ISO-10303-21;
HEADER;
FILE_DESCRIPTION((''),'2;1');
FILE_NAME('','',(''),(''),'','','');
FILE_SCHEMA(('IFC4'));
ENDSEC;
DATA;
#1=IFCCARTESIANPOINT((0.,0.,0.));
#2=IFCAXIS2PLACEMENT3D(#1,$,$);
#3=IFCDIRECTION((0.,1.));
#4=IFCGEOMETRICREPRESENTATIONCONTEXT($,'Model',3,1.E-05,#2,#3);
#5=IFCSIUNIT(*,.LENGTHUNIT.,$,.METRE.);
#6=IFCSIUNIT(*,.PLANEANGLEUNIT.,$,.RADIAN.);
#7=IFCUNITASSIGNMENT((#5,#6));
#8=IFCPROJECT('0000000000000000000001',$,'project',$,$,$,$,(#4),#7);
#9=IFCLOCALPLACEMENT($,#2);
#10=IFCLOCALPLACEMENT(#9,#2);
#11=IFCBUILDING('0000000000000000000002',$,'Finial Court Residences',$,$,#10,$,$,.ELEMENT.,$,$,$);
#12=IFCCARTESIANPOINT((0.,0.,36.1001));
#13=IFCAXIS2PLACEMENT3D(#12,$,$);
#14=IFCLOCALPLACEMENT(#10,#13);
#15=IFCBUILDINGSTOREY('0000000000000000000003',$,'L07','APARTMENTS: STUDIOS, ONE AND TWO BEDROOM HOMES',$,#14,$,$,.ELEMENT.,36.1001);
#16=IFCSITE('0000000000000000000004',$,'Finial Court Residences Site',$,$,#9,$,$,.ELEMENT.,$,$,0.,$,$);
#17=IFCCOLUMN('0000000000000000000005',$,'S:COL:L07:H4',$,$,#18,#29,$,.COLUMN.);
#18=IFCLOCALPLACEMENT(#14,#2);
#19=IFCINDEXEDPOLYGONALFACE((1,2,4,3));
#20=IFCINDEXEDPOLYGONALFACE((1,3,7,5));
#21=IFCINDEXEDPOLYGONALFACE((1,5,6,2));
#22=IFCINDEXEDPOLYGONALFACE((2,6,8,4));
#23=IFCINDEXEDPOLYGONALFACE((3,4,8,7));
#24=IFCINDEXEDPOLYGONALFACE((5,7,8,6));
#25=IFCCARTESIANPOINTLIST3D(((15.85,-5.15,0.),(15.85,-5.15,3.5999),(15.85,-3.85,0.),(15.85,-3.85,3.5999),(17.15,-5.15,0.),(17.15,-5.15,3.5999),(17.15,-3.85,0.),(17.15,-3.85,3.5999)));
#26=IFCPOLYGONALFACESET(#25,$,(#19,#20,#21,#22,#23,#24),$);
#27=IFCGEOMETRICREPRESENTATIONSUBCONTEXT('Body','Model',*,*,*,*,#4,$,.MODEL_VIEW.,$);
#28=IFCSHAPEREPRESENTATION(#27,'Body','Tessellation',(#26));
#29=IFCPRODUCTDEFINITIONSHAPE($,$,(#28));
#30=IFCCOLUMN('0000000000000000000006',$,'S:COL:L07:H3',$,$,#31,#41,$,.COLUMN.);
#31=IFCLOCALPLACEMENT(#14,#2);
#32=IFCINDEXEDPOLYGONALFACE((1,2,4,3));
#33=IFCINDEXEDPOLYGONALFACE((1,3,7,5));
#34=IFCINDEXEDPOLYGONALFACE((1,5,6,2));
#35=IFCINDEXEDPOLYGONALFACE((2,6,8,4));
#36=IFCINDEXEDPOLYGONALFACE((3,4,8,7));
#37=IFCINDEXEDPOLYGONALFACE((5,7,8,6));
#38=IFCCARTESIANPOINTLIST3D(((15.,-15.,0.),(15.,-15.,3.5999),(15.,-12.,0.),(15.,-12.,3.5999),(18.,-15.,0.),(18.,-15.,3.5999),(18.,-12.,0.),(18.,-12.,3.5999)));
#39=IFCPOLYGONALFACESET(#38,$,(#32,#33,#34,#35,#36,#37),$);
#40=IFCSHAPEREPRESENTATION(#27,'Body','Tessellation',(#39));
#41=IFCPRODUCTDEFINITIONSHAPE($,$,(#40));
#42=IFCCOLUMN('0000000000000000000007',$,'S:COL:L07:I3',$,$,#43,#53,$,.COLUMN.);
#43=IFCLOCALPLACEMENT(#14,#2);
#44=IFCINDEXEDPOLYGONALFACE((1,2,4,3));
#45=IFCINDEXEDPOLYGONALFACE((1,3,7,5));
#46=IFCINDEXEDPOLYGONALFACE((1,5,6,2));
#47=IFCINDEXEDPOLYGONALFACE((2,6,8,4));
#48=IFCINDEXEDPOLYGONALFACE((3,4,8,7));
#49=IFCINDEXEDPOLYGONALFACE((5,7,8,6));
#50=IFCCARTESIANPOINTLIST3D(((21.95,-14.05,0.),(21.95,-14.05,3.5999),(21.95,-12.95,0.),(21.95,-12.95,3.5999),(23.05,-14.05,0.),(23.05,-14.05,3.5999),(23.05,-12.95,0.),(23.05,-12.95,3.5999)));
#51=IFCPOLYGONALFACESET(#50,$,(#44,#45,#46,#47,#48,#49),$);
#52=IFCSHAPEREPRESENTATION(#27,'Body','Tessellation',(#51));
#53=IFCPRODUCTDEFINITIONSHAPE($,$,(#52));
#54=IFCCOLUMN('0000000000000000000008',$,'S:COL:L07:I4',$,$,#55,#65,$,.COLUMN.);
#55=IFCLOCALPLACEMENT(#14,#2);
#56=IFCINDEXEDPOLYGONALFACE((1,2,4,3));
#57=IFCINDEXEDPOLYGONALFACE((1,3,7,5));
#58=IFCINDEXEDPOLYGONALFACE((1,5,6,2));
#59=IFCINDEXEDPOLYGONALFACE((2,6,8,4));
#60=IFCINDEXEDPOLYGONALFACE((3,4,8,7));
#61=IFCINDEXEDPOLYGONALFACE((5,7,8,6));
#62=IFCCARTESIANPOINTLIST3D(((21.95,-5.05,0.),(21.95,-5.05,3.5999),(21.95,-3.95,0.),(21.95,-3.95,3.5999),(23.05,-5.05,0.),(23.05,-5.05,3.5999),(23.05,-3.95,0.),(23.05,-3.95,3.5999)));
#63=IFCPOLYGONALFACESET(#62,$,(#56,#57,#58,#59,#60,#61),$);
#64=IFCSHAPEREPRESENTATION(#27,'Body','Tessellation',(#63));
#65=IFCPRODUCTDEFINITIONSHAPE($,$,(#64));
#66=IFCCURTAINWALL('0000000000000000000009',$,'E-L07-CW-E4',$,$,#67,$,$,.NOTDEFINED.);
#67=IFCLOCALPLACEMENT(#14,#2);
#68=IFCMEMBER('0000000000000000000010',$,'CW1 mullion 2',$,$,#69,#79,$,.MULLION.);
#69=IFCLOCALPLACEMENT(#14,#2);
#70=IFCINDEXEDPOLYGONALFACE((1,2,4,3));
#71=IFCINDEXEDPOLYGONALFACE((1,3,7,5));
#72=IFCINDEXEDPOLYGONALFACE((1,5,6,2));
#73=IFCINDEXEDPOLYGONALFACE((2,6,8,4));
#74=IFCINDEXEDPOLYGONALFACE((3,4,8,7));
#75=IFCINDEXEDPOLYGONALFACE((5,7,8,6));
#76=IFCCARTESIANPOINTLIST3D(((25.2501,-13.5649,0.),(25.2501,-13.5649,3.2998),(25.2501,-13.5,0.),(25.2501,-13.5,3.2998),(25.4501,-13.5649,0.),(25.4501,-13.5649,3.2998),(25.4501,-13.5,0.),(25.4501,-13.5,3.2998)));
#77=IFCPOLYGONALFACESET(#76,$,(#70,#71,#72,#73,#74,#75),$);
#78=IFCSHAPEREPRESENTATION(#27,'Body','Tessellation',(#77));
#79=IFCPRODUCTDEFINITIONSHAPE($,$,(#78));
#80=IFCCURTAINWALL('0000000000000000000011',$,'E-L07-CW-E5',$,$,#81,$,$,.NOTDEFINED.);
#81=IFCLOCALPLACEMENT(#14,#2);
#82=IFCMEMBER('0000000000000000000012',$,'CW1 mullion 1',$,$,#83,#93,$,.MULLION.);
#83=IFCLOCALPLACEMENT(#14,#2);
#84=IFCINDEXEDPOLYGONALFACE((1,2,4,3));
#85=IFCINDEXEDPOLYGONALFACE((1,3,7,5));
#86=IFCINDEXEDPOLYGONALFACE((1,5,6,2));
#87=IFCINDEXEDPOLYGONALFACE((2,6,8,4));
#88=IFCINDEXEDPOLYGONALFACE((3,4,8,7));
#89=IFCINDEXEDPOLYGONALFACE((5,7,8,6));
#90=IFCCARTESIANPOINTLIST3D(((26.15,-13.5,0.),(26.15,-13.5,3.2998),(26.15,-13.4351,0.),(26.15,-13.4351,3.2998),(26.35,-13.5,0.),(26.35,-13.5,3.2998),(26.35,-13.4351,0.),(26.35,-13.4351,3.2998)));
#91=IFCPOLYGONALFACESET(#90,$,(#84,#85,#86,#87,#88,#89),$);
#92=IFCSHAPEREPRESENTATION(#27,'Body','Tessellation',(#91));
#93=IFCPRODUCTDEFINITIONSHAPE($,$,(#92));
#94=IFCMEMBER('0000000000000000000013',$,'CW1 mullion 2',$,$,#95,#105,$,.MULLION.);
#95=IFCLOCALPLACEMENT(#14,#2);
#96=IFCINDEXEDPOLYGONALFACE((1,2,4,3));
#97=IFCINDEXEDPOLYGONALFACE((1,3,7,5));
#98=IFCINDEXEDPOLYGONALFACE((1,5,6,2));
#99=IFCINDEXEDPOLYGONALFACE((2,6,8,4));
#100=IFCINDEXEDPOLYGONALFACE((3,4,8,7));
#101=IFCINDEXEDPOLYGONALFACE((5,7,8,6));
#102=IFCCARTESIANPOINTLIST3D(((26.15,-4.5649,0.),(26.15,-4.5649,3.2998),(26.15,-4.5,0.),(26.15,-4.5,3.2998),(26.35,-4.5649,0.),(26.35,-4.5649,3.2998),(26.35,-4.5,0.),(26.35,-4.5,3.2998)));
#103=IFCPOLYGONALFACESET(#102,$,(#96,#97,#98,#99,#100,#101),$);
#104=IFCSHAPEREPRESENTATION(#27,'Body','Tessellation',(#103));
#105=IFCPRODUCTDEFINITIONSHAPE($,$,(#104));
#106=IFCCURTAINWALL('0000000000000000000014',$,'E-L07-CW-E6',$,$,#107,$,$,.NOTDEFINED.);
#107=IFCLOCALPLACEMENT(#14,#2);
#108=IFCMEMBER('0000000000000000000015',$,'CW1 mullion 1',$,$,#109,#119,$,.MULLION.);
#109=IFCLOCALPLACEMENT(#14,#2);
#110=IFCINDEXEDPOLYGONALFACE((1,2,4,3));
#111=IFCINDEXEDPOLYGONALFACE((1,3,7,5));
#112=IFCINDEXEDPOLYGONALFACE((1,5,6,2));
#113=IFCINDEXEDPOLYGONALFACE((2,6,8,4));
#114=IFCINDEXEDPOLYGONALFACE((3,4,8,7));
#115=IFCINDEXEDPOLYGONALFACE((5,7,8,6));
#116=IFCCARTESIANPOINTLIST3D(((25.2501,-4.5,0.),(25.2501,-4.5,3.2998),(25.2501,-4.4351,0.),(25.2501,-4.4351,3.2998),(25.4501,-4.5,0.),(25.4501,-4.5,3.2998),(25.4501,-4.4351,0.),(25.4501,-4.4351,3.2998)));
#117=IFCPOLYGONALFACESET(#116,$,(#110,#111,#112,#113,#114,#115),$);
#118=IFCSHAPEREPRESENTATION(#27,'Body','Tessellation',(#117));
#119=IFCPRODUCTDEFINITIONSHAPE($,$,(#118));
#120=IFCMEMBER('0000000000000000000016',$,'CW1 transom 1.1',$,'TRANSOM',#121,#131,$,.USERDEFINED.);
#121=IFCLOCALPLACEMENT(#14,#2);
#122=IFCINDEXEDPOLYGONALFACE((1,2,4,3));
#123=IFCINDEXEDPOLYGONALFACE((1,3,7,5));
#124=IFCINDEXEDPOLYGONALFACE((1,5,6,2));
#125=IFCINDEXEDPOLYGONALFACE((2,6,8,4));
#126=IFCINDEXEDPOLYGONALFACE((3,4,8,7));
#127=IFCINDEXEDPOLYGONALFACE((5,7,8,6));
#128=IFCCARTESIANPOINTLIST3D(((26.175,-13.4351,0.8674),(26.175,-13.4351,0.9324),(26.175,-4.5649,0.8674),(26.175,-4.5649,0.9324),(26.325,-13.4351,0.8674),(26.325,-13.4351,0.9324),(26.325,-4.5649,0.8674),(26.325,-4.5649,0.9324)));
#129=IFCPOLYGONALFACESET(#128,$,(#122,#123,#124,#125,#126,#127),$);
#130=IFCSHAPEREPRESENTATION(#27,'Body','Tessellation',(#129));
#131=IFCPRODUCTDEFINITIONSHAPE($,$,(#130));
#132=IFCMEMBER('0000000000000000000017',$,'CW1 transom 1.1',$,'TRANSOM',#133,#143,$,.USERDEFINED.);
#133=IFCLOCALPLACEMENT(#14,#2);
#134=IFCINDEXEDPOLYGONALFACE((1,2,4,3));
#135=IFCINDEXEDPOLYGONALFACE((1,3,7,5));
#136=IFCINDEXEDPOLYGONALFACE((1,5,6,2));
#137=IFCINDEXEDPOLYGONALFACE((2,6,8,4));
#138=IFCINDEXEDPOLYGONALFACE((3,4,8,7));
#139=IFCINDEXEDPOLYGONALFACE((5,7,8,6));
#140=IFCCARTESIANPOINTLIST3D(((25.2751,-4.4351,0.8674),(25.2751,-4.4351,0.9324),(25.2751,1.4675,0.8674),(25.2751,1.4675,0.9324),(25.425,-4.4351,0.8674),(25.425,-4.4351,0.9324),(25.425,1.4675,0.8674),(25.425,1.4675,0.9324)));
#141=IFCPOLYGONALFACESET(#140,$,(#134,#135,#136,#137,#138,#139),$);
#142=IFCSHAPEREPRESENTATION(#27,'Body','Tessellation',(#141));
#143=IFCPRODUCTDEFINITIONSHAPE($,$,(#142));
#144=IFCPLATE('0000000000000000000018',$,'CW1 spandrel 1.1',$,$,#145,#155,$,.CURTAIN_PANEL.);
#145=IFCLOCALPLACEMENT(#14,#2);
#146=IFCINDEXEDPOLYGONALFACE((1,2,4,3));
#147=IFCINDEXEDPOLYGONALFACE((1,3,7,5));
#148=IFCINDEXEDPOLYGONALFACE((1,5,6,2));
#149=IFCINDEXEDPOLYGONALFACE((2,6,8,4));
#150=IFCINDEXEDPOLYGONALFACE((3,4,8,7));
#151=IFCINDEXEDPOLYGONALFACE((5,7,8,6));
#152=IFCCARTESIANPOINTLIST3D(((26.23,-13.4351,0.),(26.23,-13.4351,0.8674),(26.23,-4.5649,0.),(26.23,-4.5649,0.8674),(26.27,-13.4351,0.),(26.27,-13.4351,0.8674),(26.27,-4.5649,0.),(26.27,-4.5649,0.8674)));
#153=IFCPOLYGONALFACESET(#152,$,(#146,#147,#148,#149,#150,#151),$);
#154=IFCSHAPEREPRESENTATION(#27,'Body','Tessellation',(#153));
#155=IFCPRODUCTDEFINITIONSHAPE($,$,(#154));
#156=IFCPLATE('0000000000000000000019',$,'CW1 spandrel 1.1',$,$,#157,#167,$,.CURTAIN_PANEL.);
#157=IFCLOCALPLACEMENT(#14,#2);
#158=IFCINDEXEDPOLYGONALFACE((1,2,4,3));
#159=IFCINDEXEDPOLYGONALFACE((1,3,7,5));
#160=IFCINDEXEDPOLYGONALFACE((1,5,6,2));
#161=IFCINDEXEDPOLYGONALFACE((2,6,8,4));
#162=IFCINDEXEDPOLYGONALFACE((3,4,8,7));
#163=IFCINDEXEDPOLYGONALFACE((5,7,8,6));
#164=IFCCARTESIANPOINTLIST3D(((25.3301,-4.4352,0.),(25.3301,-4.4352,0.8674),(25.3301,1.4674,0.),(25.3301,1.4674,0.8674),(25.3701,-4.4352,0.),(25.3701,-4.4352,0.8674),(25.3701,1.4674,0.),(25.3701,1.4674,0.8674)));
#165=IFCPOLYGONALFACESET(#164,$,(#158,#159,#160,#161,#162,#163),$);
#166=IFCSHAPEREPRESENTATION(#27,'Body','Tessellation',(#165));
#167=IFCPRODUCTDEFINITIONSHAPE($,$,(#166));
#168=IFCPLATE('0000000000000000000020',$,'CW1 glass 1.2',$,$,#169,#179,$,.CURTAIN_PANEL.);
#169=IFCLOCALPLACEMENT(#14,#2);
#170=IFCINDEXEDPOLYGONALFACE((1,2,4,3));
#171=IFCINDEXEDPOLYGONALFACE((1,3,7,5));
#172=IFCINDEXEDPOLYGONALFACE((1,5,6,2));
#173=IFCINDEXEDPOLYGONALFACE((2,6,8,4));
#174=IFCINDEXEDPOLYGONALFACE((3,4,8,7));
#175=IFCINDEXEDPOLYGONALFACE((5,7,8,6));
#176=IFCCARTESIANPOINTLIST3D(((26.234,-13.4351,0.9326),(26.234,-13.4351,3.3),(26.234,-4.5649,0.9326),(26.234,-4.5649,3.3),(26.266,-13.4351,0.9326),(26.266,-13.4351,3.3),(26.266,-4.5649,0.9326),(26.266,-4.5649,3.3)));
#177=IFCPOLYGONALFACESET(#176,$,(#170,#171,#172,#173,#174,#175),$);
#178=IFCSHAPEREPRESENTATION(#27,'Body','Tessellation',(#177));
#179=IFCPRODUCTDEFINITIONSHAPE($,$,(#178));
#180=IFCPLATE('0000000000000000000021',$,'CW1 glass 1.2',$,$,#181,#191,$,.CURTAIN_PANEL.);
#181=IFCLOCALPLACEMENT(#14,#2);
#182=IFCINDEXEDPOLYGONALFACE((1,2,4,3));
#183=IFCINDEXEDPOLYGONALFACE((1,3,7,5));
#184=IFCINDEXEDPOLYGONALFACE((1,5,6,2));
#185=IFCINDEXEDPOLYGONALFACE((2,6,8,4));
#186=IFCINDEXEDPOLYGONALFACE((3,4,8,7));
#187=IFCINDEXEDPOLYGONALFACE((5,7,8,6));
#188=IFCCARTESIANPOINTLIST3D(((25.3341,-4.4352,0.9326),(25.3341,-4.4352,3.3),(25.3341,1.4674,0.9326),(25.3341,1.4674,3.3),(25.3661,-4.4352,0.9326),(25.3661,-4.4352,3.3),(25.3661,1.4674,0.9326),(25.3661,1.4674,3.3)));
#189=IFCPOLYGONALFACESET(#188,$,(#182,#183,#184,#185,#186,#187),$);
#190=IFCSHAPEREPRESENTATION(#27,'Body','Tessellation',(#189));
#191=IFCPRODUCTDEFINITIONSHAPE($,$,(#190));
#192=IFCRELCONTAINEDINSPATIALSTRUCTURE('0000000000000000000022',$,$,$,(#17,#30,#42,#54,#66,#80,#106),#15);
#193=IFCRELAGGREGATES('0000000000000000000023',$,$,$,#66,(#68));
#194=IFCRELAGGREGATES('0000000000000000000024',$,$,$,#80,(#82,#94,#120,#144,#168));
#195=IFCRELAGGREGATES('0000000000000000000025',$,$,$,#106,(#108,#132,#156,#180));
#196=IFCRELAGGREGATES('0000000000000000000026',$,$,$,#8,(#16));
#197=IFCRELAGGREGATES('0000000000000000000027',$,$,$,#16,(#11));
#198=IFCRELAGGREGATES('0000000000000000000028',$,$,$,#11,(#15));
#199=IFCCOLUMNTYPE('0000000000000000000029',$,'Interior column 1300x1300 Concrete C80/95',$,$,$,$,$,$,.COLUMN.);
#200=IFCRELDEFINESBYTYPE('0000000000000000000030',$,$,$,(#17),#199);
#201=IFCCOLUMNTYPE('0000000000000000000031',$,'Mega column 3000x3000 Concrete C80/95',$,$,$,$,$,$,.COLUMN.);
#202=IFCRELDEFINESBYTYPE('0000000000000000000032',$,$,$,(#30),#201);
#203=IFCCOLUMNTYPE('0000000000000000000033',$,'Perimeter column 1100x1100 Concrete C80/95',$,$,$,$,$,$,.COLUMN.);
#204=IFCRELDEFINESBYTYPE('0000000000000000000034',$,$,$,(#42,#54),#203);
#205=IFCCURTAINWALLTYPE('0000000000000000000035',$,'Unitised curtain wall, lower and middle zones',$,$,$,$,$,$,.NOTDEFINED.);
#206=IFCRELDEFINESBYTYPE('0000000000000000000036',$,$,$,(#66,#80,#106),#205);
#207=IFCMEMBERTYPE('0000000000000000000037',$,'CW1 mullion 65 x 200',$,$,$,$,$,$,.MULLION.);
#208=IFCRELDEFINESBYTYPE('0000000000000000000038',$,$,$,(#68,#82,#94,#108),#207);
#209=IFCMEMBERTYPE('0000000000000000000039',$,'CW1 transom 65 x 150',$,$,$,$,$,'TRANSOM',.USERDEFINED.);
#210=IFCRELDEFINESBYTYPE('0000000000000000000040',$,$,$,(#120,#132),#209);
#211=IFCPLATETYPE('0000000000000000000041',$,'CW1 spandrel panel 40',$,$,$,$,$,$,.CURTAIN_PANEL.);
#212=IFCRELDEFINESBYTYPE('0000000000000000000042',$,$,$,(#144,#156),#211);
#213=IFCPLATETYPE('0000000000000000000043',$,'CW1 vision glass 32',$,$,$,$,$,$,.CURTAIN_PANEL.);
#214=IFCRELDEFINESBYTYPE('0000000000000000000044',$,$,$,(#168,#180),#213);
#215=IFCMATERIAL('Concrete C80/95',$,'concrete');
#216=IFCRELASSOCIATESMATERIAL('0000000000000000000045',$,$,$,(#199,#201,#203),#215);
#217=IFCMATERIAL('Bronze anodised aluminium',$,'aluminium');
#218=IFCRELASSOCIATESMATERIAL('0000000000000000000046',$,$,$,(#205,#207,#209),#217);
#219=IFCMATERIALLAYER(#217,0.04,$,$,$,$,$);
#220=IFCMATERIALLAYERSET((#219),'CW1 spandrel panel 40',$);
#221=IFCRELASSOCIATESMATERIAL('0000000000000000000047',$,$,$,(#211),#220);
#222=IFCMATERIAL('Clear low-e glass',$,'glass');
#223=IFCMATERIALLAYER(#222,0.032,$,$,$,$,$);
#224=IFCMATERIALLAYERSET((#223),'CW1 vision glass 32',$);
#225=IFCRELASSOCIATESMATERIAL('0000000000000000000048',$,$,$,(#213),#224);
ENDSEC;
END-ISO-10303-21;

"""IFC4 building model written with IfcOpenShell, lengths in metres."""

from ifc_helpers import new_model, si_unit, direction, frame, origin, origin_2d, place, context, subcontext, project, spatial, rectangle, extrude, material, layer, layer_set, material_profile, profile_set, type_object, element, aggregate, save


model = new_model("IFC4")

# Units and contexts
model_context = context("Model", 3, precision=1e-05, world=origin(), true_north=direction((0.0, 1.0)))
body_context = subcontext(model_context, "Body", "Model", "MODEL_VIEW")
ifc_project = project(units=[si_unit("LENGTHUNIT", "METRE"), si_unit("PLANEANGLEUNIT", "RADIAN")], contexts=[model_context])

# Site, building, storey
site_placement = place(None, origin())
site = spatial("IfcSite", under=ifc_project, at=site_placement, Name="Finial Court Residences Site", CompositionType="ELEMENT", RefElevation=0.0)
building_placement = place(site_placement, origin())
building = spatial("IfcBuilding", under=site, at=building_placement, Name="Finial Court Residences", CompositionType="ELEMENT")
storey_placement = place(building_placement, frame((0.0, 0.0, 36.1001)))
storey = spatial("IfcBuildingStorey", under=building, at=storey_placement, Name="L07", Description="APARTMENTS: STUDIOS, ONE AND TWO BEDROOM HOMES", CompositionType="ELEMENT", Elevation=36.1001)

# Columns
ifc_material_1 = material(Name="Concrete C80/95", Category="concrete")
ifc_material_profile_1 = material_profile(ifc_material_1, rectangle(XDim=1.3, YDim=1.3, at=origin_2d()), Name="1300x1300")
ifc_profile_set_1 = profile_set([ifc_material_profile_1], Name="Concrete C80/95")
column_type_1 = type_object("IfcColumnType", Name="Interior column 1300x1300 Concrete C80/95", PredefinedType="COLUMN", material=ifc_profile_set_1)
column_1_placement = place(storey_placement, frame((16.5, -4.5, 0.0), z_axis=(0.0, 0.0, 1.0), x_axis=(1.0, 0.0, 0.0)))
element("IfcColumn", 1, at=column_1_placement, inside=storey, type_object=column_type_1, Name="S:COL:L07:H4", PredefinedType="COLUMN", context=body_context, shape_type="SweptSolid", body=[
    extrude(rectangle(XDim=1.3, YDim=1.3, at=origin_2d()), origin(), (0.0, 0.0, 1.0), 3.5999),
])
ifc_material_profile_2 = material_profile(ifc_material_1, rectangle(XDim=3.0, YDim=3.0, at=origin_2d()), Name="3000x3000")
ifc_profile_set_2 = profile_set([ifc_material_profile_2], Name="Concrete C80/95")
column_type_2 = type_object("IfcColumnType", Name="Mega column 3000x3000 Concrete C80/95", PredefinedType="COLUMN", material=ifc_profile_set_2)
column_2_placement = place(storey_placement, frame((16.5, -13.5, 0.0), z_axis=(0.0, 0.0, 1.0), x_axis=(1.0, 0.0, 0.0)))
element("IfcColumn", 2, at=column_2_placement, inside=storey, type_object=column_type_2, Name="S:COL:L07:H3", PredefinedType="COLUMN", context=body_context, shape_type="SweptSolid", body=[
    extrude(rectangle(XDim=3.0, YDim=3.0, at=origin_2d()), origin(), (0.0, 0.0, 1.0), 3.5999),
])
ifc_material_profile_3 = material_profile(ifc_material_1, rectangle(XDim=1.1001, YDim=1.1001, at=origin_2d()), Name="1100x1100")
ifc_profile_set_3 = profile_set([ifc_material_profile_3], Name="Concrete C80/95")
column_type_3 = type_object("IfcColumnType", Name="Perimeter column 1100x1100 Concrete C80/95", PredefinedType="COLUMN", material=ifc_profile_set_3)
for number, where, z_axis, x_axis, name in (
    (3, (22.5, -13.5, 0.0), (0.0, 0.0, 1.0), (1.0, 0.0, 0.0), "S:COL:L07:I3"),
    (4, (22.5, -4.5, 0.0), (0.0, 0.0, 1.0), (1.0, 0.0, 0.0), "S:COL:L07:I4"),
):
    element("IfcColumn", number, at=place(storey_placement, frame(where, z_axis=z_axis, x_axis=x_axis)), inside=storey, type_object=column_type_3, Name=name, PredefinedType="COLUMN", context=body_context, shape_type="SweptSolid", body=[
        extrude(rectangle(XDim=1.1001, YDim=1.1001, at=origin_2d()), origin(), (0.0, 0.0, 1.0), 3.5999),
    ])

# Curtain wall, member
ifc_material_2 = material(Name="Bronze anodised aluminium", Category="aluminium")
curtain_wall_type = type_object("IfcCurtainWallType", Name="Unitised curtain wall, lower and middle zones", PredefinedType="NOTDEFINED", material=ifc_material_2)
curtain_wall_1_placement = place(storey_placement, origin())
curtain_wall_1 = element("IfcCurtainWall", 5, at=curtain_wall_1_placement, inside=storey, type_object=curtain_wall_type, Name="E-L07-CW-E4", PredefinedType="NOTDEFINED")
ifc_material_profile_4 = material_profile(ifc_material_2, rectangle(XDim=0.2, YDim=0.0649, at=origin_2d()), Name="CW1 mullion 65 x 200")
ifc_profile_set_4 = profile_set([ifc_material_profile_4], Name="Bronze anodised aluminium")
member_type_1 = type_object("IfcMemberType", Name="CW1 mullion 65 x 200", PredefinedType="MULLION", material=ifc_profile_set_4)
member_1_placement = place(storey_placement, frame((25.3501, -13.5325, 0.0), z_axis=(0.0, 0.0, 1.0), x_axis=(-1.0, 0.0, 0.0)))
member_1 = element("IfcMember", 6, at=member_1_placement, type_object=member_type_1, Name="CW1 mullion 2", PredefinedType="MULLION", context=body_context, shape_type="SweptSolid", body=[
    extrude(rectangle(XDim=0.2, YDim=0.0649, at=origin_2d()), origin(), (0.0, 0.0, 1.0), 3.2998),
])
aggregate(curtain_wall_1, [member_1])

# Curtain wall, members
curtain_wall_2_placement = place(storey_placement, origin())
curtain_wall_2 = element("IfcCurtainWall", 7, at=curtain_wall_2_placement, inside=storey, type_object=curtain_wall_type, Name="E-L07-CW-E5", PredefinedType="NOTDEFINED")
member_2_placement = place(storey_placement, frame((26.25, -13.4675, 0.0), z_axis=(0.0, 0.0, 1.0), x_axis=(-1.0, 0.0, 0.0)))
member_2 = element("IfcMember", 8, at=member_2_placement, type_object=member_type_1, Name="CW1 mullion 1", PredefinedType="MULLION", context=body_context, shape_type="SweptSolid", body=[
    extrude(rectangle(XDim=0.2, YDim=0.0649, at=origin_2d()), origin(), (0.0, 0.0, 1.0), 3.2998),
])
member_3_placement = place(storey_placement, frame((26.25, -4.5325, 0.0), z_axis=(0.0, 0.0, 1.0), x_axis=(-1.0, 0.0, 0.0)))
member_3 = element("IfcMember", 9, at=member_3_placement, type_object=member_type_1, Name="CW1 mullion 2", PredefinedType="MULLION", context=body_context, shape_type="SweptSolid", body=[
    extrude(rectangle(XDim=0.2, YDim=0.0649, at=origin_2d()), origin(), (0.0, 0.0, 1.0), 3.2998),
])

# Curtain wall, member
curtain_wall_3_placement = place(storey_placement, origin())
curtain_wall_3 = element("IfcCurtainWall", 10, at=curtain_wall_3_placement, inside=storey, type_object=curtain_wall_type, Name="E-L07-CW-E6", PredefinedType="NOTDEFINED")
member_4_placement = place(storey_placement, frame((25.3501, -4.4675, 0.0), z_axis=(0.0, 0.0, 1.0), x_axis=(-1.0, 0.0, 0.0)))
member_4 = element("IfcMember", 11, at=member_4_placement, type_object=member_type_1, Name="CW1 mullion 1", PredefinedType="MULLION", context=body_context, shape_type="SweptSolid", body=[
    extrude(rectangle(XDim=0.2, YDim=0.0649, at=origin_2d()), origin(), (0.0, 0.0, 1.0), 3.2998),
])

# Members
ifc_material_profile_5 = material_profile(ifc_material_2, rectangle(XDim=0.1499, YDim=0.0649, at=origin_2d()), Name="CW1 transom 65 x 150")
ifc_profile_set_5 = profile_set([ifc_material_profile_5], Name="Bronze anodised aluminium")
member_type_2 = type_object("IfcMemberType", Name="CW1 transom 65 x 150", ElementType="TRANSOM", PredefinedType="USERDEFINED", material=ifc_profile_set_5)
member_5_placement = place(storey_placement, frame((26.25, -13.4351, 0.8999), z_axis=(0.0, 1.0, 0.0), x_axis=(-1.0, 0.0, 0.0)))
member_5 = element("IfcMember", 12, at=member_5_placement, type_object=member_type_2, Name="CW1 transom 1.1", ObjectType="TRANSOM", PredefinedType="USERDEFINED", context=body_context, shape_type="SweptSolid", body=[
    extrude(rectangle(XDim=0.1499, YDim=0.0649, at=origin_2d()), origin(), (0.0, 0.0, 1.0), 8.8701),
])
member_6_placement = place(storey_placement, frame((25.3501, -4.4351, 0.8999), z_axis=(0.0, 1.0, 0.0), x_axis=(-1.0, 0.0, 0.0)))
member_6 = element("IfcMember", 13, at=member_6_placement, type_object=member_type_2, Name="CW1 transom 1.1", ObjectType="TRANSOM", PredefinedType="USERDEFINED", context=body_context, shape_type="SweptSolid", body=[
    extrude(rectangle(XDim=0.1499, YDim=0.0649, at=origin_2d()), origin(), (0.0, 0.0, 1.0), 5.9026),
])

# Plates
ifc_layer_1 = layer(ifc_material_2, 0.04)
ifc_layer_set_1 = layer_set([ifc_layer_1], Name="CW1 spandrel panel 40")
plate_type_1 = type_object("IfcPlateType", Name="CW1 spandrel panel 40", PredefinedType="CURTAIN_PANEL", material=ifc_layer_set_1)
plate_1_placement = place(storey_placement, frame((26.25, -9.0, 0.0), z_axis=(0.0, 0.0, 1.0), x_axis=(0.0, 1.0, 0.0)))
plate_1 = element("IfcPlate", 14, at=plate_1_placement, type_object=plate_type_1, Name="CW1 spandrel 1.1", PredefinedType="CURTAIN_PANEL", context=body_context, shape_type="SweptSolid", body=[
    extrude(rectangle(XDim=8.8701, YDim=0.04, at=origin_2d()), origin(), (0.0, 0.0, 1.0), 0.8674),
])
plate_2_placement = place(storey_placement, frame((25.3501, -1.4839, 0.0), z_axis=(0.0, 0.0, 1.0), x_axis=(0.0, 1.0, 0.0)))
plate_2 = element("IfcPlate", 15, at=plate_2_placement, type_object=plate_type_1, Name="CW1 spandrel 1.1", PredefinedType="CURTAIN_PANEL", context=body_context, shape_type="SweptSolid", body=[
    extrude(rectangle(XDim=5.9026, YDim=0.04, at=origin_2d()), origin(), (0.0, 0.0, 1.0), 0.8674),
])
ifc_material_3 = material(Name="Clear low-e glass", Category="glass")
ifc_layer_2 = layer(ifc_material_3, 0.032)
ifc_layer_set_2 = layer_set([ifc_layer_2], Name="CW1 vision glass 32")
plate_type_2 = type_object("IfcPlateType", Name="CW1 vision glass 32", PredefinedType="CURTAIN_PANEL", material=ifc_layer_set_2)
plate_3_placement = place(storey_placement, frame((26.25, -9.0, 0.9326), z_axis=(0.0, 0.0, 1.0), x_axis=(0.0, 1.0, 0.0)))
plate_3 = element("IfcPlate", 16, at=plate_3_placement, type_object=plate_type_2, Name="CW1 glass 1.2", PredefinedType="CURTAIN_PANEL", context=body_context, shape_type="SweptSolid", body=[
    extrude(rectangle(XDim=8.8701, YDim=0.032, at=origin_2d()), origin(), (0.0, 0.0, 1.0), 2.3674),
])
aggregate(curtain_wall_2, [member_2, member_3, member_5, plate_1, plate_3])
plate_4_placement = place(storey_placement, frame((25.3501, -1.4839, 0.9326), z_axis=(0.0, 0.0, 1.0), x_axis=(0.0, 1.0, 0.0)))
plate_4 = element("IfcPlate", 17, at=plate_4_placement, type_object=plate_type_2, Name="CW1 glass 1.2", PredefinedType="CURTAIN_PANEL", context=body_context, shape_type="SweptSolid", body=[
    extrude(rectangle(XDim=5.9026, YDim=0.032, at=origin_2d()), origin(), (0.0, 0.0, 1.0), 2.3674),
])
aggregate(curtain_wall_3, [member_4, member_6, plate_2, plate_4])

save(model, "model.ifc")
